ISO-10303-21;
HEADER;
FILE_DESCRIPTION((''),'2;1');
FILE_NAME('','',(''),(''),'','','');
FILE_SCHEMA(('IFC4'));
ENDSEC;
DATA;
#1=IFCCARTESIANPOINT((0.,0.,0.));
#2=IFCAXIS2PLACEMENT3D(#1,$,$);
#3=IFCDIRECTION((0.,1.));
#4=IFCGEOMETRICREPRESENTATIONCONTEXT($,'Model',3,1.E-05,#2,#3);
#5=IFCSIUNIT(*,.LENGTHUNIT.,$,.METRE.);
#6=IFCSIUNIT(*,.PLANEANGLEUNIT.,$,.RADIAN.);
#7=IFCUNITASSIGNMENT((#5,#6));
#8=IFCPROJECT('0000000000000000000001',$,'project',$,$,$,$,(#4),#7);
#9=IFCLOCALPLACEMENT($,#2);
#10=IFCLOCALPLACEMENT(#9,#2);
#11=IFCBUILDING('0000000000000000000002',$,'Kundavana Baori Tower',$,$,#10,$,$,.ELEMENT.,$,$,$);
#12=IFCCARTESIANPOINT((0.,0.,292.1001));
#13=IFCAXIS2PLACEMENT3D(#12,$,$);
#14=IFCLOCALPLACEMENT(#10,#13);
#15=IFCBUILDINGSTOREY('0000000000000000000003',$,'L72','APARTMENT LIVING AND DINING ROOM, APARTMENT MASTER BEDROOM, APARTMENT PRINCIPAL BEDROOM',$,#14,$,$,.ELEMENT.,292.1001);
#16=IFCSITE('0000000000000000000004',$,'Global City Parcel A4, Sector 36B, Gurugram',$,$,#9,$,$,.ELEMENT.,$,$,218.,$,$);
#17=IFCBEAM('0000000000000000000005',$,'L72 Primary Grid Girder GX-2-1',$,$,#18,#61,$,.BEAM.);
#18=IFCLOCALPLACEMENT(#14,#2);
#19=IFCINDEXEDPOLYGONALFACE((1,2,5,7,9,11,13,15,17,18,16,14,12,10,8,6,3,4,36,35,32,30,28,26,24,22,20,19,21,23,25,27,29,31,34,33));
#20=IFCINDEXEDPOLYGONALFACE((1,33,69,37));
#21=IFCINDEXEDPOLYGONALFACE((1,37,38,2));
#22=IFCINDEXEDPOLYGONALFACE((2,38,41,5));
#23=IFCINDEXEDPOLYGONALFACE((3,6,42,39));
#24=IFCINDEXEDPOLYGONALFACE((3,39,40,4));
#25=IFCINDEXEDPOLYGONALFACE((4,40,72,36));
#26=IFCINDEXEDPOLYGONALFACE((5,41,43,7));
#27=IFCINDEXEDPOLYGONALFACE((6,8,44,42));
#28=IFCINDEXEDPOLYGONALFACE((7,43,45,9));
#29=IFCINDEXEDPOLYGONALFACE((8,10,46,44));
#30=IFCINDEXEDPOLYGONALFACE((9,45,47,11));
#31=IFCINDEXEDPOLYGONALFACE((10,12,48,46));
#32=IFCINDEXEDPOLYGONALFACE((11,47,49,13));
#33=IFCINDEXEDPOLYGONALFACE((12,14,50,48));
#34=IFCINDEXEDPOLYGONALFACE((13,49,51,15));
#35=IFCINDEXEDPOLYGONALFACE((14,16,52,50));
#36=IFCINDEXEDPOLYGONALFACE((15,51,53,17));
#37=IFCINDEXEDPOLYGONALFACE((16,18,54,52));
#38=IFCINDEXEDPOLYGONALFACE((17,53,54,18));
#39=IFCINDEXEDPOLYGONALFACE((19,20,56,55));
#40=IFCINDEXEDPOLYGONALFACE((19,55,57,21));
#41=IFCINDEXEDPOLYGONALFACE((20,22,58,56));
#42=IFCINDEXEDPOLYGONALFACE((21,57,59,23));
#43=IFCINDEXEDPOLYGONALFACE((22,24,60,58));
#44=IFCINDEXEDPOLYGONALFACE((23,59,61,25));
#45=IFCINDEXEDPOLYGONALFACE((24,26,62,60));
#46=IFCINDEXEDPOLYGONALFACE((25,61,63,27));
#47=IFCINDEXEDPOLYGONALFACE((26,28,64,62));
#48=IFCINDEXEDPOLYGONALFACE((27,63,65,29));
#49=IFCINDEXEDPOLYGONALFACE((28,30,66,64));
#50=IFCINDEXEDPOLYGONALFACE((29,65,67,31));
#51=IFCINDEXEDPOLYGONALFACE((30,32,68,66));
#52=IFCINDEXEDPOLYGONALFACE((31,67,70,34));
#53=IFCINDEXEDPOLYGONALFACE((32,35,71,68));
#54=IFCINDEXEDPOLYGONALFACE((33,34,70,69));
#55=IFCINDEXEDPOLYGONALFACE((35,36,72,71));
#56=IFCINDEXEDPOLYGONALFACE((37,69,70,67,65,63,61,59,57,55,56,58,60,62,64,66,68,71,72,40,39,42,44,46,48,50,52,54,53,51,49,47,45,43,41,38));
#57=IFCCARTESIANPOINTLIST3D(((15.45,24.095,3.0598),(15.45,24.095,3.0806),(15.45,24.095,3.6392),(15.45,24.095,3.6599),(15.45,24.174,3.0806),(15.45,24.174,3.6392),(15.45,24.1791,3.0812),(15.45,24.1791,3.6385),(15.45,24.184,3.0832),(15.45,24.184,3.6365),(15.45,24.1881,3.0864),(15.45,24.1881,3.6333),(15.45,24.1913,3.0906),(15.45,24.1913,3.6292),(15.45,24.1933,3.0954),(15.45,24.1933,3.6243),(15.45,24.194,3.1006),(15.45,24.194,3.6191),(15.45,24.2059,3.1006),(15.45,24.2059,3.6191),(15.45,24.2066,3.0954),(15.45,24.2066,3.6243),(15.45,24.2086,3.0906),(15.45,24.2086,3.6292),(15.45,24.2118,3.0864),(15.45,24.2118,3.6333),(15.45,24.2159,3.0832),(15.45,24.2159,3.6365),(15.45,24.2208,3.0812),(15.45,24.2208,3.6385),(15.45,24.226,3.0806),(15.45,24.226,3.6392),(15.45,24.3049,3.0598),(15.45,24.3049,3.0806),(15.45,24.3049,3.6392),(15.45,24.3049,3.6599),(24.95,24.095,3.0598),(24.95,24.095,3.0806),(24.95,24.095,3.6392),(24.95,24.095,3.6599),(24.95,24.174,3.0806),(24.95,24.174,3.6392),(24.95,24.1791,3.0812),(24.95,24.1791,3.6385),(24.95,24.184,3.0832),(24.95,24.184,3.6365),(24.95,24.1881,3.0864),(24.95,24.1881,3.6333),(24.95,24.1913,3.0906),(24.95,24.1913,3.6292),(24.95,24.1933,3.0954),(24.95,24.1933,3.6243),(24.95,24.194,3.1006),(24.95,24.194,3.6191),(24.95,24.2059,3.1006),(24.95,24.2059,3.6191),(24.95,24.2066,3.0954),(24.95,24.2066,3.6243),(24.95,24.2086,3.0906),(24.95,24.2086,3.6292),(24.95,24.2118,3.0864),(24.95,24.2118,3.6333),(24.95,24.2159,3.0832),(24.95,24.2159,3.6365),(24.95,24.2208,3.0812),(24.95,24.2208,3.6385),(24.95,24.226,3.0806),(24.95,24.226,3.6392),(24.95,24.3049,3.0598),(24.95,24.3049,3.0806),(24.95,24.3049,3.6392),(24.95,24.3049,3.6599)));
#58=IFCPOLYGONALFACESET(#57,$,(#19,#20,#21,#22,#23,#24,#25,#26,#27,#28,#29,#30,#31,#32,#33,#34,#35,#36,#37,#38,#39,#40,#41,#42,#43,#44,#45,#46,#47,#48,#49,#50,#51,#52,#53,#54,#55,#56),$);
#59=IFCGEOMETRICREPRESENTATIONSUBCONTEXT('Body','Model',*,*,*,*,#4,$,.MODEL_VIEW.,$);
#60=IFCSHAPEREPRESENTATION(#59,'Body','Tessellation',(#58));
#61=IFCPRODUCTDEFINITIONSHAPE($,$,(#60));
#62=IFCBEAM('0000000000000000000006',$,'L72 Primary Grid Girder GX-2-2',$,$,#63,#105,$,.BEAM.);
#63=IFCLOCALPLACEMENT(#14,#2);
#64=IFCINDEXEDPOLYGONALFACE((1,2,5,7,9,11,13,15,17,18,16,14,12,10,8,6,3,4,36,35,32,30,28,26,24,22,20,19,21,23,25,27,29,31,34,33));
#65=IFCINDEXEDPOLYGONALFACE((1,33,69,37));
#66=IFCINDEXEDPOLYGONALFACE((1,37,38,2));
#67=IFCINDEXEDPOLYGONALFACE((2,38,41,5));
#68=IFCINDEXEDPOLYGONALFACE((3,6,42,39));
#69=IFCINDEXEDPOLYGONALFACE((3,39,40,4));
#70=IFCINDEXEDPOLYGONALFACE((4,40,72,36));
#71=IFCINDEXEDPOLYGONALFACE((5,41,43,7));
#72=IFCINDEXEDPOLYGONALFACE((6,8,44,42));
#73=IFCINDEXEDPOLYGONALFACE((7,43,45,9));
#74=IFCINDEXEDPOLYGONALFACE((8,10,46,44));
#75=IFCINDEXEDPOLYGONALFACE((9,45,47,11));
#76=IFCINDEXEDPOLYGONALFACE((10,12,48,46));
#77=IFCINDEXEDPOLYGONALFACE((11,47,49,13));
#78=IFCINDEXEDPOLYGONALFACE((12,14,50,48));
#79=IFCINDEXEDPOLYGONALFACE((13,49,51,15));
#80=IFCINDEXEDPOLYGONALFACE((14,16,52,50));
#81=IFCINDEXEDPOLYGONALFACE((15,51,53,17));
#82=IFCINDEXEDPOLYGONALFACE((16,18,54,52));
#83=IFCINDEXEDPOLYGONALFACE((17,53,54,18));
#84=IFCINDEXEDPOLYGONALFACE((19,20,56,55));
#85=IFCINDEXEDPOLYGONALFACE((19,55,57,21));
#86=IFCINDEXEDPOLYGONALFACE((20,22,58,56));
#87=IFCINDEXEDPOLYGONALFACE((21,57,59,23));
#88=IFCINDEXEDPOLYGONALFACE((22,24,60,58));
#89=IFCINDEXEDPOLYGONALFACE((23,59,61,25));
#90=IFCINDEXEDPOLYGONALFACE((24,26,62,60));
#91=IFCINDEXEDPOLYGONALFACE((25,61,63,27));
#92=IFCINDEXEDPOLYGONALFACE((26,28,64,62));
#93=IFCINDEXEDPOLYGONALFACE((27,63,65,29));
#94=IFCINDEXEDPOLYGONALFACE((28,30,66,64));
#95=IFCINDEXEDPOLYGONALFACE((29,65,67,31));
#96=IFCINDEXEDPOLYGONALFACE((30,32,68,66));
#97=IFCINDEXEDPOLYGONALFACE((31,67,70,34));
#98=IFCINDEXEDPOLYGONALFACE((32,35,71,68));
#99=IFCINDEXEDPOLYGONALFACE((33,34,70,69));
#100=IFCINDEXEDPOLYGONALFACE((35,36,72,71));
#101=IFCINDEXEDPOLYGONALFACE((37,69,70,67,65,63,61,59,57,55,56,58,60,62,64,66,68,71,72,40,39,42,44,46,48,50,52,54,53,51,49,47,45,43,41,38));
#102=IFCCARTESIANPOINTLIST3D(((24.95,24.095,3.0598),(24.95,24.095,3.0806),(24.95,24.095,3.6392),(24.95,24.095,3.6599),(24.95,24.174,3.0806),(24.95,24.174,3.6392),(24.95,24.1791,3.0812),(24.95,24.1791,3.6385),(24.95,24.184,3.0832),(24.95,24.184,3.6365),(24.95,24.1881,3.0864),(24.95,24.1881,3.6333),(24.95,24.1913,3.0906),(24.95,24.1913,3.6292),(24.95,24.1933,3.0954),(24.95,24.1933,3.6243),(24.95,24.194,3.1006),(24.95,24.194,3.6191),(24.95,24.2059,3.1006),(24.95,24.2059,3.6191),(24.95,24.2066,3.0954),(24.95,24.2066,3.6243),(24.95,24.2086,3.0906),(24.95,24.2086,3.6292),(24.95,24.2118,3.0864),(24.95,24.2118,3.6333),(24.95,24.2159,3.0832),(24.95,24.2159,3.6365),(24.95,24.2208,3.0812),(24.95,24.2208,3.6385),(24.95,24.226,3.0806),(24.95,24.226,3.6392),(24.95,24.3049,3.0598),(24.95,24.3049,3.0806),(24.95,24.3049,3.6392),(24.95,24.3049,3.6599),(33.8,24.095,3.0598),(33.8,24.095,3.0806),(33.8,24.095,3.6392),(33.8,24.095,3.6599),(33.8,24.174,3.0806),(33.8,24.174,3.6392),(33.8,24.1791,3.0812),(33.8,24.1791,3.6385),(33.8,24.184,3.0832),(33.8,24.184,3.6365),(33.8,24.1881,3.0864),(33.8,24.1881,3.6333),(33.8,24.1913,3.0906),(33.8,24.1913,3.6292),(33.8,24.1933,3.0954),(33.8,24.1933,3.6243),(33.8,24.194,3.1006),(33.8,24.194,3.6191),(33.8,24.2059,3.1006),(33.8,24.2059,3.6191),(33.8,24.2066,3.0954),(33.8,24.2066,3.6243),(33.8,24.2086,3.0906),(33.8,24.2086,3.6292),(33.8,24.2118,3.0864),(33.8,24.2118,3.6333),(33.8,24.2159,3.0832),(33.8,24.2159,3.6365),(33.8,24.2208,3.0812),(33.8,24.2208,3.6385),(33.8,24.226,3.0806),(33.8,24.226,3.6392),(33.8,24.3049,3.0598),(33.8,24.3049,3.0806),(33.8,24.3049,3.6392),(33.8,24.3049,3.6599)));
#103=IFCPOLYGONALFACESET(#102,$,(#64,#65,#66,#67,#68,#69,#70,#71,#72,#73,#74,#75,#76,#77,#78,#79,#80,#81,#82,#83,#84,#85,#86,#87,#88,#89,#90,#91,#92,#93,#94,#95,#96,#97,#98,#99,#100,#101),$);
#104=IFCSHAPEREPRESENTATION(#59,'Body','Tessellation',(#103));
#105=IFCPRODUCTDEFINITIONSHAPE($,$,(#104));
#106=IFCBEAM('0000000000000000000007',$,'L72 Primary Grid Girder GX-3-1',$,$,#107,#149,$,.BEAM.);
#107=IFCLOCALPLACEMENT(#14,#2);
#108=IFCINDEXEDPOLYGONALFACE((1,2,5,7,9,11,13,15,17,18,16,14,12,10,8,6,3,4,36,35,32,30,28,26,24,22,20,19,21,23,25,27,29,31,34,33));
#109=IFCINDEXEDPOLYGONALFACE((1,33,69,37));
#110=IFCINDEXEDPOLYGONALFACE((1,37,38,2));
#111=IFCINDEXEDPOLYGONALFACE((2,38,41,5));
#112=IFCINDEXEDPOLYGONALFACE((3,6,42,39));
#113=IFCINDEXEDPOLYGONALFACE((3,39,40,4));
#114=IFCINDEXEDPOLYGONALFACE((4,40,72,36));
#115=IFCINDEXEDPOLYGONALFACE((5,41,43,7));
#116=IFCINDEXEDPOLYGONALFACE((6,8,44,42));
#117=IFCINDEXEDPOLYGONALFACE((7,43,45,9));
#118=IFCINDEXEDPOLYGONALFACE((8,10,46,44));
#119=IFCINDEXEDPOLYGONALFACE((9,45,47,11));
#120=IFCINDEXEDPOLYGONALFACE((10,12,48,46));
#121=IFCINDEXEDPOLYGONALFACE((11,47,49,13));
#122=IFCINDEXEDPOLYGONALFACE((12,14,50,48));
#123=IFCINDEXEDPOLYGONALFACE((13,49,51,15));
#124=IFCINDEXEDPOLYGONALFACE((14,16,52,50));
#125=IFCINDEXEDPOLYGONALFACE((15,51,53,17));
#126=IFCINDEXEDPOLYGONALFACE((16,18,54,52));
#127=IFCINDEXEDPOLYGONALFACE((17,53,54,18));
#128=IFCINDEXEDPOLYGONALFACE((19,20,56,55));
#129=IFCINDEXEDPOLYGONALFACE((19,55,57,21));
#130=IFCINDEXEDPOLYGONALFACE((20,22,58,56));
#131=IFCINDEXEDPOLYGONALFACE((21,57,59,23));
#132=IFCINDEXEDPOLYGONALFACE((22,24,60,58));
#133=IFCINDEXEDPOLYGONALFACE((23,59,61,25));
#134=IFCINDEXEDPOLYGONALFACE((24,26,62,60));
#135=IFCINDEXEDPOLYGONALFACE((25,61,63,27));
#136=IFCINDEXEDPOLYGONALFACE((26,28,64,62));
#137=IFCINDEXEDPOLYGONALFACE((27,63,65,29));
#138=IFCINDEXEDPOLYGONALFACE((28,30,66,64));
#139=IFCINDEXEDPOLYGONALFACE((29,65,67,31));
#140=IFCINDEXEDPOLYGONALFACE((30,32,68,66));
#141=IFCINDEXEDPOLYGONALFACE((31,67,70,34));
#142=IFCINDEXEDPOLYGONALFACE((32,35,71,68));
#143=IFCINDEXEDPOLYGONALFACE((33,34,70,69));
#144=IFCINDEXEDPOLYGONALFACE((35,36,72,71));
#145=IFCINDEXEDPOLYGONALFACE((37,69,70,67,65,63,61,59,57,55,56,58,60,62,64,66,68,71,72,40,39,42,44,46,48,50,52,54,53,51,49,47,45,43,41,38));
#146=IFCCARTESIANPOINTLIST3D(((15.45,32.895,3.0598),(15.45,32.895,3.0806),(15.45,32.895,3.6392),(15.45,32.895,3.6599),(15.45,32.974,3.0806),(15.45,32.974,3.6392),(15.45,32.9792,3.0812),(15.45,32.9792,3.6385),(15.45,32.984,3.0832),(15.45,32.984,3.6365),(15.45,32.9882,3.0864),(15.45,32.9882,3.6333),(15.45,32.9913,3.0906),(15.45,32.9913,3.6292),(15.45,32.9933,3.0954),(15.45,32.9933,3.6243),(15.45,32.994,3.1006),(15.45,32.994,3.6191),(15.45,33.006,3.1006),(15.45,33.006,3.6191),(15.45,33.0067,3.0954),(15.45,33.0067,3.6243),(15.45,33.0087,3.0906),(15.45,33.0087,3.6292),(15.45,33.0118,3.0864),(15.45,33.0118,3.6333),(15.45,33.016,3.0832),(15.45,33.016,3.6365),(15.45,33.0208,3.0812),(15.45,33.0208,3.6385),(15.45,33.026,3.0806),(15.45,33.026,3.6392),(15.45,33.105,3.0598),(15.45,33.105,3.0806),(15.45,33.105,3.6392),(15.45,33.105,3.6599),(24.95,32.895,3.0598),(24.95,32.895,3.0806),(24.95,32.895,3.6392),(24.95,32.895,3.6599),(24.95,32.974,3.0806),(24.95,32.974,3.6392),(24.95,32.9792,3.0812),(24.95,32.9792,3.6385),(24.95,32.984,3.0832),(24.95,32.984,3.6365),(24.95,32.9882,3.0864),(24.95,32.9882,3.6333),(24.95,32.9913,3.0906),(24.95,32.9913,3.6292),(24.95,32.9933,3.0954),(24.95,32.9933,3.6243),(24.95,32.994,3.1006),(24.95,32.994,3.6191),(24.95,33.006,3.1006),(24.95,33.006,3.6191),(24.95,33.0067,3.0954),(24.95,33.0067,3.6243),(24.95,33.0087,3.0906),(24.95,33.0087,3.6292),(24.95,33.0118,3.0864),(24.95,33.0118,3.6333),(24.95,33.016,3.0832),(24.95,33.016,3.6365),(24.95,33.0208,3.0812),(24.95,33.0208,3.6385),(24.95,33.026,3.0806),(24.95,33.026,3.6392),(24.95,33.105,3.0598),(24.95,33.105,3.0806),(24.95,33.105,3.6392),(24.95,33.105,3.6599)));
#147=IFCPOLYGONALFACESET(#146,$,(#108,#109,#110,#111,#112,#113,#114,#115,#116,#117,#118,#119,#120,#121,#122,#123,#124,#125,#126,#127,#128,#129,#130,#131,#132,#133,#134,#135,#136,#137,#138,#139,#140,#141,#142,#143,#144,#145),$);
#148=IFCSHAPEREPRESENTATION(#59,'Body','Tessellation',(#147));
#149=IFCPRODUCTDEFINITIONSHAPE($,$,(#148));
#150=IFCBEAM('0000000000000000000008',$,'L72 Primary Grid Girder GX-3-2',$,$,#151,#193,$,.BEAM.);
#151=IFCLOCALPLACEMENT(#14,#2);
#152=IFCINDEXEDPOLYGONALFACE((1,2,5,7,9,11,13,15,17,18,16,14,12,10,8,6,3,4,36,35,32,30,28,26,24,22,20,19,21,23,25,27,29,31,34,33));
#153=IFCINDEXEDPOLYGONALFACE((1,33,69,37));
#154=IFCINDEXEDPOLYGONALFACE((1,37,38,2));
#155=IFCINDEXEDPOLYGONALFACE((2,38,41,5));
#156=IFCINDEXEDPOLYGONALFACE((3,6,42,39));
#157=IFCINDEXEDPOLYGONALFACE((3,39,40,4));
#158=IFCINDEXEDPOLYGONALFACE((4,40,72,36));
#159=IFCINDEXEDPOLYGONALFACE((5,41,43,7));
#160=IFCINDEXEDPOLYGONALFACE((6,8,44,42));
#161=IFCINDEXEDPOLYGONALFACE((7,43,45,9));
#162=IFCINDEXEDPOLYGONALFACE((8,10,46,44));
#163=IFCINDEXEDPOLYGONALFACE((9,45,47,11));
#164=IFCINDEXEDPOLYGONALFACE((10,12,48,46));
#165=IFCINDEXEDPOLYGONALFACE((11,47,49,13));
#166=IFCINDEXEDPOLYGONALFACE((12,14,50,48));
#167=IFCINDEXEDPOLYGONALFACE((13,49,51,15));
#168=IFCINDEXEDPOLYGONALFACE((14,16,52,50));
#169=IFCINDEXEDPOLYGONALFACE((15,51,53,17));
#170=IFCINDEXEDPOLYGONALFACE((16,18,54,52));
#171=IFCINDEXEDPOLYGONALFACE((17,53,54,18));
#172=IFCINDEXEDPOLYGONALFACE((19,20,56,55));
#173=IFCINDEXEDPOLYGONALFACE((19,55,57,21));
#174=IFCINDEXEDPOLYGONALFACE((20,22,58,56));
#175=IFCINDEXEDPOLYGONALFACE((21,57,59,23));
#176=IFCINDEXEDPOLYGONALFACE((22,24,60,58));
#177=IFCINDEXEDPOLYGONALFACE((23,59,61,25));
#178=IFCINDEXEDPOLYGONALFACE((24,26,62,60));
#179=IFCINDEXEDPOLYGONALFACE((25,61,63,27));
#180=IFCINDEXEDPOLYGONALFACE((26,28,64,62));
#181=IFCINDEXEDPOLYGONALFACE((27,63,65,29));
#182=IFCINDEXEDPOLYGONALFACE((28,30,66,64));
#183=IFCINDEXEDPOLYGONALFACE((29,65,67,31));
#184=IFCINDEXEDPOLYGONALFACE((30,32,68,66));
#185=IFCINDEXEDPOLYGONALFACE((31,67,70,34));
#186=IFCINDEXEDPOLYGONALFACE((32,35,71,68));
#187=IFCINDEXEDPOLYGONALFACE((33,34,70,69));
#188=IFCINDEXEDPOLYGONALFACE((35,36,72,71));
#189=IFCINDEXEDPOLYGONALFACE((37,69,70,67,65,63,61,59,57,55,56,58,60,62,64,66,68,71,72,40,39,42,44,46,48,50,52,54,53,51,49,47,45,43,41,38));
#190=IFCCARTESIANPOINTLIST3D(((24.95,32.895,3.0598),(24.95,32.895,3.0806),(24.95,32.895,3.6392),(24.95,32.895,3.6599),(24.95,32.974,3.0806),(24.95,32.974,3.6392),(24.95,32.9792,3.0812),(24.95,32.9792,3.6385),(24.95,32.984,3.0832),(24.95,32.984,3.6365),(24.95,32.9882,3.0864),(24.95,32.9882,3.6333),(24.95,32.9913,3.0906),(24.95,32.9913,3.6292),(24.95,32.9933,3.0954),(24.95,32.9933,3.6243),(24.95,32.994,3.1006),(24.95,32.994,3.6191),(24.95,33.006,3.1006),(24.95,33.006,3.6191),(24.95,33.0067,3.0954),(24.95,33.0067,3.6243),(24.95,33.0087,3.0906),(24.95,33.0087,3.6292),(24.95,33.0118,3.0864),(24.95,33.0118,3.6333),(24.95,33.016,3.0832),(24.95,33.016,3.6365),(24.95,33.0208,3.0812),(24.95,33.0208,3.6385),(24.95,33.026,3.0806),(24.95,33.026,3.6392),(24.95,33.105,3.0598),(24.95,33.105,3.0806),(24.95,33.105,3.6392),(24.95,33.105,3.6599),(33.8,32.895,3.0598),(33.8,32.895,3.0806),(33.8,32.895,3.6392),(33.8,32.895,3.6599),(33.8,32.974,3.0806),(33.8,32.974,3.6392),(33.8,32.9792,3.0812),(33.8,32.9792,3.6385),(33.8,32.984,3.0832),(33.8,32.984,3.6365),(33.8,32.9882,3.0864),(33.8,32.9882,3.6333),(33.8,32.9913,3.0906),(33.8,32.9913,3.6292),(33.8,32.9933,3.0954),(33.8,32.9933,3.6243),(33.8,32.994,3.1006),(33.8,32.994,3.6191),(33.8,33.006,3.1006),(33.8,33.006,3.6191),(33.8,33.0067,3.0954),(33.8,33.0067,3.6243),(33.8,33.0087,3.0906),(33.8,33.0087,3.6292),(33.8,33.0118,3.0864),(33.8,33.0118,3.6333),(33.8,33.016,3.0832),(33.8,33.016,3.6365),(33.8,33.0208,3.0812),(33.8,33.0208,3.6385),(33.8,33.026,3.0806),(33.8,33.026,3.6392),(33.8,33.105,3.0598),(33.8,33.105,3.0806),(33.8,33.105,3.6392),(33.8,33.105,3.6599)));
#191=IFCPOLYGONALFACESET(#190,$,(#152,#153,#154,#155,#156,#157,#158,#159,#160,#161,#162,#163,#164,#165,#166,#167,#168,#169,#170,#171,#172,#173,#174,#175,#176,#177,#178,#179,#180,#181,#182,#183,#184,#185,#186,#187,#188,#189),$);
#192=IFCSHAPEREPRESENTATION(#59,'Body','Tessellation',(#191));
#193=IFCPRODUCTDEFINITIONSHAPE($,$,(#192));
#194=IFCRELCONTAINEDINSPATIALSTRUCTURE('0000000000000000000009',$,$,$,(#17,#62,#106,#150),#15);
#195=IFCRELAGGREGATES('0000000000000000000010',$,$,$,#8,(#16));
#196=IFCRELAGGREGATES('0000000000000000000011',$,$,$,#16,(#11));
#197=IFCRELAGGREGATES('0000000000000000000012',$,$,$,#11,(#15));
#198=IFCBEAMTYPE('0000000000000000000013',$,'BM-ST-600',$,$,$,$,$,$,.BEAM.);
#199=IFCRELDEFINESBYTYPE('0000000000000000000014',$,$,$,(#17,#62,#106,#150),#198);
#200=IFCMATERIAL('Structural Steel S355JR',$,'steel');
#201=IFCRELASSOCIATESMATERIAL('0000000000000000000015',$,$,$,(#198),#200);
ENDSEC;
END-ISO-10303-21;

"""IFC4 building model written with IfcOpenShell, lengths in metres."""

from ifc_helpers import new_model, si_unit, direction, frame, origin, origin_2d, place, context, subcontext, project, spatial, i_section, extrude, material, material_profile, profile_set, type_object, element, save


model = new_model("IFC4")

# Units and contexts
model_context = context("Model", 3, precision=1e-05, world=origin(), true_north=direction((0.0, 1.0)))
body_context = subcontext(model_context, "Body", "Model", "MODEL_VIEW")
ifc_project = project(units=[si_unit("LENGTHUNIT", "METRE"), si_unit("PLANEANGLEUNIT", "RADIAN")], contexts=[model_context])

# Site, building, storey
site_placement = place(None, origin())
site = spatial("IfcSite", under=ifc_project, at=site_placement, Name="Global City Parcel A4, Sector 36B, Gurugram", CompositionType="ELEMENT", RefElevation=218.0)
building_placement = place(site_placement, origin())
building = spatial("IfcBuilding", under=site, at=building_placement, Name="Kundavana Baori Tower", CompositionType="ELEMENT")
storey_placement = place(building_placement, frame((0.0, 0.0, 292.1001)))
storey = spatial("IfcBuildingStorey", under=building, at=storey_placement, Name="L72", Description="APARTMENT LIVING AND DINING ROOM, APARTMENT MASTER BEDROOM, APARTMENT PRINCIPAL BEDROOM", CompositionType="ELEMENT", Elevation=292.1001)

# Beams
ifc_material_1 = material(Name="Structural Steel S355JR", Category="steel")
ifc_material_profile_1 = material_profile(ifc_material_1, i_section(OverallWidth=0.21, OverallDepth=0.6001, WebThickness=0.012, FlangeThickness=0.0208, FilletRadius=0.02, at=origin_2d()), Name="ISMB 600")
ifc_profile_set_1 = profile_set([ifc_material_profile_1], Name="Structural Steel S355JR")
beam_type_1 = type_object("IfcBeamType", Name="BM-ST-600", PredefinedType="BEAM", material=ifc_profile_set_1)
beam_1_placement = place(storey_placement, frame((15.45, 24.2, 3.3599), z_axis=(1.0, 0.0, 0.0), x_axis=(0.0, 1.0, 0.0)))
element("IfcBeam", 1, at=beam_1_placement, inside=storey, type_object=beam_type_1, Name="L72 Primary Grid Girder GX-2-1", PredefinedType="BEAM", context=body_context, shape_type="SweptSolid", body=[
    extrude(i_section(OverallWidth=0.21, OverallDepth=0.6001, WebThickness=0.012, FlangeThickness=0.0208, FilletRadius=0.02, at=origin_2d()), origin(), (0.0, 0.0, 1.0), 9.5),
])
beam_2_placement = place(storey_placement, frame((24.95, 24.2, 3.3599), z_axis=(1.0, 0.0, 0.0), x_axis=(0.0, 1.0, 0.0)))
element("IfcBeam", 2, at=beam_2_placement, inside=storey, type_object=beam_type_1, Name="L72 Primary Grid Girder GX-2-2", PredefinedType="BEAM", context=body_context, shape_type="SweptSolid", body=[
    extrude(i_section(OverallWidth=0.21, OverallDepth=0.6001, WebThickness=0.012, FlangeThickness=0.0208, FilletRadius=0.02, at=origin_2d()), origin(), (0.0, 0.0, 1.0), 8.8501),
])
beam_3_placement = place(storey_placement, frame((15.45, 33.0, 3.3599), z_axis=(1.0, 0.0, 0.0), x_axis=(0.0, 1.0, 0.0)))
element("IfcBeam", 3, at=beam_3_placement, inside=storey, type_object=beam_type_1, Name="L72 Primary Grid Girder GX-3-1", PredefinedType="BEAM", context=body_context, shape_type="SweptSolid", body=[
    extrude(i_section(OverallWidth=0.21, OverallDepth=0.6001, WebThickness=0.012, FlangeThickness=0.0208, FilletRadius=0.02, at=origin_2d()), origin(), (0.0, 0.0, 1.0), 9.5),
])
beam_4_placement = place(storey_placement, frame((24.95, 33.0, 3.3599), z_axis=(1.0, 0.0, 0.0), x_axis=(0.0, 1.0, 0.0)))
element("IfcBeam", 4, at=beam_4_placement, inside=storey, type_object=beam_type_1, Name="L72 Primary Grid Girder GX-3-2", PredefinedType="BEAM", context=body_context, shape_type="SweptSolid", body=[
    extrude(i_section(OverallWidth=0.21, OverallDepth=0.6001, WebThickness=0.012, FlangeThickness=0.0208, FilletRadius=0.02, at=origin_2d()), origin(), (0.0, 0.0, 1.0), 8.8501),
])

save(model, "model.ifc")
